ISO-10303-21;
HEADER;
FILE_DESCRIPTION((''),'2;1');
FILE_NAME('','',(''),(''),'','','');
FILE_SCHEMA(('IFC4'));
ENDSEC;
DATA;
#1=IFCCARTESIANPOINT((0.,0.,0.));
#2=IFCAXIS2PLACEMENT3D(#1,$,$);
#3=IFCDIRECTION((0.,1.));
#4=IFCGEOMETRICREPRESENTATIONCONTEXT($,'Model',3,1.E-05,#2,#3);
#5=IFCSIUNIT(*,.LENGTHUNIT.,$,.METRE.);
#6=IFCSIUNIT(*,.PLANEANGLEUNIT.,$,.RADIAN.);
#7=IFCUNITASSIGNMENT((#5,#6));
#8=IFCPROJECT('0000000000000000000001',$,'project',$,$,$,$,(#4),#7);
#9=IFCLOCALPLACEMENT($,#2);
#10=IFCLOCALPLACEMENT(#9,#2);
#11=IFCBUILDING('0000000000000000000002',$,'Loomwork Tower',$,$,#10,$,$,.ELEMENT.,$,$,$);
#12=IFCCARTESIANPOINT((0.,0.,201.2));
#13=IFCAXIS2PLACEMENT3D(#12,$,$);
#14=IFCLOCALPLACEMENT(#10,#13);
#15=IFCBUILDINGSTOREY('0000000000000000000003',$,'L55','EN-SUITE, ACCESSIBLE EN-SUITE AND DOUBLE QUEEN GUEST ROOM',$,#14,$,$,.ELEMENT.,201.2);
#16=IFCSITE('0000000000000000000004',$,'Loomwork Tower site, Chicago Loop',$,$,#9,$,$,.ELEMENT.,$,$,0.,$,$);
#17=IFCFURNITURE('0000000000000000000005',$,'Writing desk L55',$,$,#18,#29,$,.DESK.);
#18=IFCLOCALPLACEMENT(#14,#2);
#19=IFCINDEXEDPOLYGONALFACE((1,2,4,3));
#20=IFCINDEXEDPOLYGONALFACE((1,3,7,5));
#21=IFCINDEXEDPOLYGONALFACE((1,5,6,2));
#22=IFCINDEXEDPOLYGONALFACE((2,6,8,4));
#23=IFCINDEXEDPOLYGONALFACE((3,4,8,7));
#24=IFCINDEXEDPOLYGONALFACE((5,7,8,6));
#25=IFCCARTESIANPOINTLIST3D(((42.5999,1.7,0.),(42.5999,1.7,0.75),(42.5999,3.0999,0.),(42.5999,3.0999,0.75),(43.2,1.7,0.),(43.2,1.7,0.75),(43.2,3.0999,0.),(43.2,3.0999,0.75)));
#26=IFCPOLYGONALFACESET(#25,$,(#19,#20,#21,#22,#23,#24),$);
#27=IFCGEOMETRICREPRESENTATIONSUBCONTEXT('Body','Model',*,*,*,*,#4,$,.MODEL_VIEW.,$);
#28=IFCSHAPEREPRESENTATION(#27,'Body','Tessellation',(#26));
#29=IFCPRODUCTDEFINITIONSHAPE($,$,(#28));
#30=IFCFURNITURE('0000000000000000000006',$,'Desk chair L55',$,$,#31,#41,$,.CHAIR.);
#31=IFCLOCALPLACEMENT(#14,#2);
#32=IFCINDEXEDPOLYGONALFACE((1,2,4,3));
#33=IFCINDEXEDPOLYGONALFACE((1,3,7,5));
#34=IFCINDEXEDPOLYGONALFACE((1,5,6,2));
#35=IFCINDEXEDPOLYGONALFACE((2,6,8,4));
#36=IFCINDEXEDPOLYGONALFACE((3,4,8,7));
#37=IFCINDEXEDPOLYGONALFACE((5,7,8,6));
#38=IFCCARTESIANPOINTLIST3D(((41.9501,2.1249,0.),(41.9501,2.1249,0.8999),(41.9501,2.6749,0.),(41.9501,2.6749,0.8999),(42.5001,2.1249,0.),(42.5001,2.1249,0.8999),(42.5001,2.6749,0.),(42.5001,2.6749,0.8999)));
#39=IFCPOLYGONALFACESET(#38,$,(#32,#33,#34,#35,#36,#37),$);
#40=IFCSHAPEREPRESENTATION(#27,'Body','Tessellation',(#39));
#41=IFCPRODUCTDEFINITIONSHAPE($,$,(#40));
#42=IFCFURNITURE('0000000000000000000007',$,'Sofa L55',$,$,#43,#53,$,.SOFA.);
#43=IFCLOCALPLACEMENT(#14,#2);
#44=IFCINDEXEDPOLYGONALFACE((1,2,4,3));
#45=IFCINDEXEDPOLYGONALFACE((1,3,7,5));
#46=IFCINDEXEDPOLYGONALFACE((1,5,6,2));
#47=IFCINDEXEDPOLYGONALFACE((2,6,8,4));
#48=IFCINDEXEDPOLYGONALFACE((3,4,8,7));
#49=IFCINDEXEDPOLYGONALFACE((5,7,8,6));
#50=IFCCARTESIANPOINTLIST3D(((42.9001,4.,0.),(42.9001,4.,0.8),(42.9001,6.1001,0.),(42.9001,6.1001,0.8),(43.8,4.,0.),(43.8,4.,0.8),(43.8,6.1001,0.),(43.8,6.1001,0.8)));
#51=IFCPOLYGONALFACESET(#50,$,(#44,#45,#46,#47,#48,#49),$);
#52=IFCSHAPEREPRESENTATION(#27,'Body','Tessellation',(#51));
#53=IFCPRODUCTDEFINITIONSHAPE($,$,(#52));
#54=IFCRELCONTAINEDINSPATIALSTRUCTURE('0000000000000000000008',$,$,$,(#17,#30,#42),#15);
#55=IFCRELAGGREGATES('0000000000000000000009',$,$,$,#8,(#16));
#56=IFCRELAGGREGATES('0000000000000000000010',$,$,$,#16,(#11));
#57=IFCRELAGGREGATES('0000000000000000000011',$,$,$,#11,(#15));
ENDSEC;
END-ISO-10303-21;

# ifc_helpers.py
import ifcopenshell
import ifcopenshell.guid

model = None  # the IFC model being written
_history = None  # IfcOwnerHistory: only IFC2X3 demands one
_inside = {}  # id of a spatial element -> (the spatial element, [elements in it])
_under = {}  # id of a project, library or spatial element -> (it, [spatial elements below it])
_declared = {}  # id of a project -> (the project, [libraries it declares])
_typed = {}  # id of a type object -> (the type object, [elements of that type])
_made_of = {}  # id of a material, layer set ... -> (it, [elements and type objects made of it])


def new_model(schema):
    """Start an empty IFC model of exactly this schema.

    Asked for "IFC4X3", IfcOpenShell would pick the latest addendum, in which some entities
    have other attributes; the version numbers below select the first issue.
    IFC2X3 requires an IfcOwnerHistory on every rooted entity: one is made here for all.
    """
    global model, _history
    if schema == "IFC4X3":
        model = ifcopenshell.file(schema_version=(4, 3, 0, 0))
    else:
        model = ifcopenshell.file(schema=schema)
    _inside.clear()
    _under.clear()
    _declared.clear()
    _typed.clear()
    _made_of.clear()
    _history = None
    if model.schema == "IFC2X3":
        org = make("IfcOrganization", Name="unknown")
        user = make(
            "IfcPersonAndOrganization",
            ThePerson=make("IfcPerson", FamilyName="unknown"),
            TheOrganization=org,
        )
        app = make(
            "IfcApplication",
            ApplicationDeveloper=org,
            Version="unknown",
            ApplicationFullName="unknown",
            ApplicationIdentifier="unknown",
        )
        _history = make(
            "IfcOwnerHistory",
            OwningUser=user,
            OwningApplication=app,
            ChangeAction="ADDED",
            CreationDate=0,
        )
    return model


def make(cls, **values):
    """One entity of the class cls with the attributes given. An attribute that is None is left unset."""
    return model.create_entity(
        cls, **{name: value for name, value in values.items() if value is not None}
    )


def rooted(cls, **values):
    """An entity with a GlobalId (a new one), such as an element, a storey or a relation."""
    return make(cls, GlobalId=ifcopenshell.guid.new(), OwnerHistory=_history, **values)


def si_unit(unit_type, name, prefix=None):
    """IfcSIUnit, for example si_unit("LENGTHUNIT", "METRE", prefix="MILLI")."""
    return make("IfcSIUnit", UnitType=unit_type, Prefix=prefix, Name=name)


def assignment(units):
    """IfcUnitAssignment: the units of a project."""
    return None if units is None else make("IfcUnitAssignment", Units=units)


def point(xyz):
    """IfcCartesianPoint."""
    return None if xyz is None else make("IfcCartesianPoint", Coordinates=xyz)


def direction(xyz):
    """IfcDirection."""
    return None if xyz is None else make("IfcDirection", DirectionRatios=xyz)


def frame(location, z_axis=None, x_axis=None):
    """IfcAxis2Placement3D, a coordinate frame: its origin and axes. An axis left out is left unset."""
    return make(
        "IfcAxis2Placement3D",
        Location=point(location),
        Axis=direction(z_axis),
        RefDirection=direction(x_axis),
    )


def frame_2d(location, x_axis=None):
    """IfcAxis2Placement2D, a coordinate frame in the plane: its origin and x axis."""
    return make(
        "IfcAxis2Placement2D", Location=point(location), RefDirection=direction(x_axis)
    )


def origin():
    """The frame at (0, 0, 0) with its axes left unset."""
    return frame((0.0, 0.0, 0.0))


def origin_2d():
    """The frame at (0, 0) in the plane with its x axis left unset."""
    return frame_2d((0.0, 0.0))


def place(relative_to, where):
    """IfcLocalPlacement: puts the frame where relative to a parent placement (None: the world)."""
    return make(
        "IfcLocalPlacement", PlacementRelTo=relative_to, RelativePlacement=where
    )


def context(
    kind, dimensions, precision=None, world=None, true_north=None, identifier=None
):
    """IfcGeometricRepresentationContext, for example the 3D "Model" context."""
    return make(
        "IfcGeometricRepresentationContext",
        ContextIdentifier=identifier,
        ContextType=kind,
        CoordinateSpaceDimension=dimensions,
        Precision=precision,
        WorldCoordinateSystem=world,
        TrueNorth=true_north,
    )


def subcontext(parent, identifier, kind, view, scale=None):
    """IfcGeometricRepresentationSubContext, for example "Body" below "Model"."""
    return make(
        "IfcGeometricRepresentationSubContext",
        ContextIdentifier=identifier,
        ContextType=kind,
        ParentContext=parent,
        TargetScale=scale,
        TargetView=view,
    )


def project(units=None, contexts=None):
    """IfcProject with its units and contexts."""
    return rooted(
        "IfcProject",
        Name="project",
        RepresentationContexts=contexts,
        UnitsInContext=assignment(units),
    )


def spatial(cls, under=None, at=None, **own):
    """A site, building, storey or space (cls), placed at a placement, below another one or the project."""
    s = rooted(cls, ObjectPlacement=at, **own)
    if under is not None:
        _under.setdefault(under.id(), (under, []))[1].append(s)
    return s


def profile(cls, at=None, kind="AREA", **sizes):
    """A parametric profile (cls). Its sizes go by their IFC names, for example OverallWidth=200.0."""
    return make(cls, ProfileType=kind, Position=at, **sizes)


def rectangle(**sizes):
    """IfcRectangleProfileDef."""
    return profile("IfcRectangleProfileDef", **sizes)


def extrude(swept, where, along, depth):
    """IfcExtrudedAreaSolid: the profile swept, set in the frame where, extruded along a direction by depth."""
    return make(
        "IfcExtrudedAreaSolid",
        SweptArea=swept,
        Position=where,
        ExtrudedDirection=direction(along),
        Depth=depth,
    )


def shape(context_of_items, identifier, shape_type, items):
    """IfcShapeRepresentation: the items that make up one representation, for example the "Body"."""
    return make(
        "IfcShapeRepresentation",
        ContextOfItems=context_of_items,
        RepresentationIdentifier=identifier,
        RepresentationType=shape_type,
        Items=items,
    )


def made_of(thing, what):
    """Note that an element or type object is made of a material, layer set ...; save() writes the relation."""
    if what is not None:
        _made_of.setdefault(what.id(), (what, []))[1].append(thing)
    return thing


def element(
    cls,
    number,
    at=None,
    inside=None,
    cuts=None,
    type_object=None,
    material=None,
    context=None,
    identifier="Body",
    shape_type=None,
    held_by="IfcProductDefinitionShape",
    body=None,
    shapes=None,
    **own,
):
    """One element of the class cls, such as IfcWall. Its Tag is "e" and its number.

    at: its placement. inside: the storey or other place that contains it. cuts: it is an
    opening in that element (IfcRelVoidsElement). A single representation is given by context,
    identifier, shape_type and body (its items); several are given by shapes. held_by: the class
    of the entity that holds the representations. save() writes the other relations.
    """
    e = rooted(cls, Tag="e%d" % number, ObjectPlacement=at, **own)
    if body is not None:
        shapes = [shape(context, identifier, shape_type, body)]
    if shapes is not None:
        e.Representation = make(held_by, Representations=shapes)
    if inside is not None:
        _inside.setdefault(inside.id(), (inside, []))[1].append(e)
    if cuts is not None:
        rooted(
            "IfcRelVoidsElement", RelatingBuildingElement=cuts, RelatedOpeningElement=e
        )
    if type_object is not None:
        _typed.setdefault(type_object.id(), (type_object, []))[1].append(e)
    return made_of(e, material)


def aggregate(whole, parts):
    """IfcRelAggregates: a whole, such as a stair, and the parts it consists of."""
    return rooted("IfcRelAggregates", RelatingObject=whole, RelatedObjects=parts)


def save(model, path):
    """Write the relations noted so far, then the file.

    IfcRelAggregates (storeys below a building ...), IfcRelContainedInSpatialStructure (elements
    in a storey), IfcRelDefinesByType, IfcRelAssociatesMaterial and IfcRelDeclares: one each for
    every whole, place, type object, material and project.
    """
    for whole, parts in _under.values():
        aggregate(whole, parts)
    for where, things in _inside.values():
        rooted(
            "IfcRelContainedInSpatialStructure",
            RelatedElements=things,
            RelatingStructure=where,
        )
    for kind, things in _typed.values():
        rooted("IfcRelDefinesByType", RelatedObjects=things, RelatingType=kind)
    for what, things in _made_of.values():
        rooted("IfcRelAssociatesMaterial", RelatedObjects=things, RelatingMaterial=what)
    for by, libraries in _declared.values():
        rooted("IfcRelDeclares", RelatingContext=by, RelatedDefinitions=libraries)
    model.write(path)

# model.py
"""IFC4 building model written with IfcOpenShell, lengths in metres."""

from ifc_helpers import new_model, si_unit, direction, frame, origin, origin_2d, place, context, subcontext, project, spatial, rectangle, extrude, element, save


model = new_model("IFC4")

# Units and contexts
model_context = context("Model", 3, precision=1e-05, world=origin(), true_north=direction((0.0, 1.0)))
body_context = subcontext(model_context, "Body", "Model", "MODEL_VIEW")
ifc_project = project(units=[si_unit("LENGTHUNIT", "METRE"), si_unit("PLANEANGLEUNIT", "RADIAN")], contexts=[model_context])

# Site, building, storey
site_placement = place(None, origin())
site = spatial("IfcSite", under=ifc_project, at=site_placement, Name="Loomwork Tower site, Chicago Loop", CompositionType="ELEMENT", RefElevation=0.0)
building_placement = place(site_placement, origin())
building = spatial("IfcBuilding", under=site, at=building_placement, Name="Loomwork Tower", CompositionType="ELEMENT")
storey_placement = place(building_placement, frame((0.0, 0.0, 201.2)))
storey = spatial("IfcBuildingStorey", under=building, at=storey_placement, Name="L55", Description="EN-SUITE, ACCESSIBLE EN-SUITE AND DOUBLE QUEEN GUEST ROOM", CompositionType="ELEMENT", Elevation=201.2)

# Furniture
furniture_1_placement = place(storey_placement, frame((42.8999, 2.3999, 0.0), z_axis=(0.0, 0.0, 1.0), x_axis=(1.0, 0.0, 0.0)))
element("IfcFurniture", 1, at=furniture_1_placement, inside=storey, Name="Writing desk L55", PredefinedType="DESK", context=body_context, shape_type="SweptSolid", body=[
    extrude(rectangle(XDim=0.6001, YDim=1.3999, at=origin_2d()), origin(), (0.0, 0.0, 1.0), 0.75),
])
furniture_2_placement = place(storey_placement, frame((42.2251, 2.3999, 0.0), z_axis=(0.0, 0.0, 1.0), x_axis=(1.0, 0.0, 0.0)))
element("IfcFurniture", 2, at=furniture_2_placement, inside=storey, Name="Desk chair L55", PredefinedType="CHAIR", context=body_context, shape_type="SweptSolid", body=[
    extrude(rectangle(XDim=0.55, YDim=0.55, at=origin_2d()), origin(), (0.0, 0.0, 1.0), 0.8999),
])
furniture_3_placement = place(storey_placement, frame((43.3501, 5.05, 0.0), z_axis=(0.0, 0.0, 1.0), x_axis=(1.0, 0.0, 0.0)))
element("IfcFurniture", 3, at=furniture_3_placement, inside=storey, Name="Sofa L55", PredefinedType="SOFA", context=body_context, shape_type="SweptSolid", body=[
    extrude(rectangle(XDim=0.8999, YDim=2.1001, at=origin_2d()), origin(), (0.0, 0.0, 1.0), 0.8),
])

save(model, "model.ifc")
